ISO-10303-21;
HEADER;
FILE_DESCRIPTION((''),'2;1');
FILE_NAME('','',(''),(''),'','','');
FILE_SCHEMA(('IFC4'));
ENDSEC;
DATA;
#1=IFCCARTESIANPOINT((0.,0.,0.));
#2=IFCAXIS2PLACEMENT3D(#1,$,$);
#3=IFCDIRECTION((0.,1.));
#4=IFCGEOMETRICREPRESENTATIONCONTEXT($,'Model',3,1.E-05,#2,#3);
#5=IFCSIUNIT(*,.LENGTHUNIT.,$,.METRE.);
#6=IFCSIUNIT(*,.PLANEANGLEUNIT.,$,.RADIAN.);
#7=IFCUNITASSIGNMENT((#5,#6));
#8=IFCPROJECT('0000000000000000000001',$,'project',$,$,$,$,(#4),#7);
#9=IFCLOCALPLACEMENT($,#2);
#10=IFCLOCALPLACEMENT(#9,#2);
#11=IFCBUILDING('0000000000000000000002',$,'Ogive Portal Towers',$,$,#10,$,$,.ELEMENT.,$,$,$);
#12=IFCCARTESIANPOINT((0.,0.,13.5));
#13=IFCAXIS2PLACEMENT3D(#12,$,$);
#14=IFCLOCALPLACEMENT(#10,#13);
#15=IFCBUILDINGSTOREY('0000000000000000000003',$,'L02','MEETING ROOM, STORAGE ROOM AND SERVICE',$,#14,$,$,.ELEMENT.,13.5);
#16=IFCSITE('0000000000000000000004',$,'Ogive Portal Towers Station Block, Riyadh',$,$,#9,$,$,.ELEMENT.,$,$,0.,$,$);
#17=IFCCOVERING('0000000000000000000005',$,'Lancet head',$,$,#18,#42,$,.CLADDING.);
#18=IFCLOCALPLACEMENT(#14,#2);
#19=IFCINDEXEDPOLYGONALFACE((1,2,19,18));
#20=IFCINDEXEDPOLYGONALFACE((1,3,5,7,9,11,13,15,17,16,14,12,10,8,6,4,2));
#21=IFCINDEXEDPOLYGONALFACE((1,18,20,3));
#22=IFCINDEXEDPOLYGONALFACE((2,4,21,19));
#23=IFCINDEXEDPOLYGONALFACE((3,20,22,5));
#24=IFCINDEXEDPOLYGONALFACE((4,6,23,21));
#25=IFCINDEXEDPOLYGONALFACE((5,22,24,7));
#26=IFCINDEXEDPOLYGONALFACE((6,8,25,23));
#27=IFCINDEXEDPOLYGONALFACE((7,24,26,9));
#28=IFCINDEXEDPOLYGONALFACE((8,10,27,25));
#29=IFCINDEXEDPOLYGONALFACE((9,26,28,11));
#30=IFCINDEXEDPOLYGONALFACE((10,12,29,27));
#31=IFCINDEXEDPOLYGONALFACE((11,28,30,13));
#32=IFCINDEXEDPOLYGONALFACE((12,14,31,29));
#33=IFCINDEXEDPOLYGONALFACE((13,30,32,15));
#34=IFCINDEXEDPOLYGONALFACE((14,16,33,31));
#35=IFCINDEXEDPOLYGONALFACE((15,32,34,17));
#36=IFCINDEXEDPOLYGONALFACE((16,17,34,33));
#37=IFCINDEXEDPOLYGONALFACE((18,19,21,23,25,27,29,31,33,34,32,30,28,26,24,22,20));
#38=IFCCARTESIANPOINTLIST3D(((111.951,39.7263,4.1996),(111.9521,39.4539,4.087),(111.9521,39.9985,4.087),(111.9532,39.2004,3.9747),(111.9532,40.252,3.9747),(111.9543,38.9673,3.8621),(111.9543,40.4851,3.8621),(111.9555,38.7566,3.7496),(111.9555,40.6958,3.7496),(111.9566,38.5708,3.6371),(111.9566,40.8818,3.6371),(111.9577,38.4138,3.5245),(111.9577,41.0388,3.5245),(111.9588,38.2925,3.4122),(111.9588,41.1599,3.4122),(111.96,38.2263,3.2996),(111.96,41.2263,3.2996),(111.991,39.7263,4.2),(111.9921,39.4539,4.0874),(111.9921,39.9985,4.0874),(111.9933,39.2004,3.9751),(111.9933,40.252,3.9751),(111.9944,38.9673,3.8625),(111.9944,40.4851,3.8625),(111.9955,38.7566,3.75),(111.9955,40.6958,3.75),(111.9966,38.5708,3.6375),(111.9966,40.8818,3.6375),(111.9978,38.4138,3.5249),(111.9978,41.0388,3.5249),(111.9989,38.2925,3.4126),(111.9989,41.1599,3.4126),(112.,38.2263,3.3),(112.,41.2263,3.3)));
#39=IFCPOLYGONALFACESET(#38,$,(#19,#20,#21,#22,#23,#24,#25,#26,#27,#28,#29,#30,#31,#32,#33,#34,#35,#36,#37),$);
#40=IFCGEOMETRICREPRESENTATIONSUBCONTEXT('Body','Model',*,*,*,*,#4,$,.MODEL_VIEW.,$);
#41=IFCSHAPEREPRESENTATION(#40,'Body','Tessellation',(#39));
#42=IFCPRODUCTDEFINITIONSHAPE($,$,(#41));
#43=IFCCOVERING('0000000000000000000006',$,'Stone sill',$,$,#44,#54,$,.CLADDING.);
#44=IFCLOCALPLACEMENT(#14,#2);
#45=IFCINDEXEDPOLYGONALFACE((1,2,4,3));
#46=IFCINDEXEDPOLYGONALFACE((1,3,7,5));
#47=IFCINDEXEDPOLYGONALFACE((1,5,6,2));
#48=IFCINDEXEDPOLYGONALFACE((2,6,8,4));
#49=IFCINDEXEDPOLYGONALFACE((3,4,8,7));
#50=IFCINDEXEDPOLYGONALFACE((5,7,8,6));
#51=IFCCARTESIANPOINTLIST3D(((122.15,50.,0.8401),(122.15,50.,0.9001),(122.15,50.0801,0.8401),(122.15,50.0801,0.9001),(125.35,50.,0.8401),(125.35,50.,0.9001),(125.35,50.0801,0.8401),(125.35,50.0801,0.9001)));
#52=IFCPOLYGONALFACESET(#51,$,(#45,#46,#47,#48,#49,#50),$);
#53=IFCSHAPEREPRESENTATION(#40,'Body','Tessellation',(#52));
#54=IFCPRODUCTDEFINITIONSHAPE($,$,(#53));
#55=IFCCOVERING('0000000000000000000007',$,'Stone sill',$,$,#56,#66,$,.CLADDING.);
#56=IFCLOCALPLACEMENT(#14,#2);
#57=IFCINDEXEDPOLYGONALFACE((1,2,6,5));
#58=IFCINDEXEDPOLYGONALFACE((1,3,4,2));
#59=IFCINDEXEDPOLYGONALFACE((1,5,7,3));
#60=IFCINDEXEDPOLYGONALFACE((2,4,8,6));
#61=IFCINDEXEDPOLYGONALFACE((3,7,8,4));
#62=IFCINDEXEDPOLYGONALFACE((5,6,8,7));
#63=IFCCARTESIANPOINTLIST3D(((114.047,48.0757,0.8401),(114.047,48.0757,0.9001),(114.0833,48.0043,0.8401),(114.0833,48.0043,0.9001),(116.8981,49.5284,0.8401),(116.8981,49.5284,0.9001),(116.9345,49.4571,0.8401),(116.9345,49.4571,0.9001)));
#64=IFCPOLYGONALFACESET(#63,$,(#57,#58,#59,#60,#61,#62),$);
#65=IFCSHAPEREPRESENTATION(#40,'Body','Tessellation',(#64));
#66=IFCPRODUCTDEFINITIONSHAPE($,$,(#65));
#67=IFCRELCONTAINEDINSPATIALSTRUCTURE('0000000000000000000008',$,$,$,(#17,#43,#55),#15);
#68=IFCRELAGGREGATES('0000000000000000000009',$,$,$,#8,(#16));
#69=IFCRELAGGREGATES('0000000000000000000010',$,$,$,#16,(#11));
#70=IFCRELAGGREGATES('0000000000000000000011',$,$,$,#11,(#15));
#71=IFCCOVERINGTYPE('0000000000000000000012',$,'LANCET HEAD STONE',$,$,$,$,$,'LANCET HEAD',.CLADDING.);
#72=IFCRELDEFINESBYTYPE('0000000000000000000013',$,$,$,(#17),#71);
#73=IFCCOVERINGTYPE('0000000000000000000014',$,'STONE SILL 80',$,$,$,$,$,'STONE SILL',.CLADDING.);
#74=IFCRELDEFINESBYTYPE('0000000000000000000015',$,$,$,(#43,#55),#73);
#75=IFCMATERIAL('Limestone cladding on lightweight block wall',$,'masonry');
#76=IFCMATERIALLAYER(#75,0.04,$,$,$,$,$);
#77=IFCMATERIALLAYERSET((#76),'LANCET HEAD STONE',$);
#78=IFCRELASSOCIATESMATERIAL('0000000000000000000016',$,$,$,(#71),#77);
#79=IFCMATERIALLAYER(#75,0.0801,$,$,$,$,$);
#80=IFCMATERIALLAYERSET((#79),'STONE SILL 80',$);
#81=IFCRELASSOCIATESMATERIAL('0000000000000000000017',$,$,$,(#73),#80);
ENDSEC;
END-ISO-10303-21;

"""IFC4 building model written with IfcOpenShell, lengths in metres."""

from ifc_helpers import new_model, si_unit, direction, frame, origin, origin_2d, place, context, subcontext, project, spatial, polyline, rectangle, outline, extrude, material, layer, layer_set, type_object, element, save


model = new_model("IFC4")

# Units and contexts
model_context = context("Model", 3, precision=1e-05, world=origin(), true_north=direction((0.0, 1.0)))
body_context = subcontext(model_context, "Body", "Model", "MODEL_VIEW")
ifc_project = project(units=[si_unit("LENGTHUNIT", "METRE"), si_unit("PLANEANGLEUNIT", "RADIAN")], contexts=[model_context])

# Site, building, storey
site_placement = place(None, origin())
site = spatial("IfcSite", under=ifc_project, at=site_placement, Name="Ogive Portal Towers Station Block, Riyadh", CompositionType="ELEMENT", RefElevation=0.0)
building_placement = place(site_placement, origin())
building = spatial("IfcBuilding", under=site, at=building_placement, Name="Ogive Portal Towers", CompositionType="ELEMENT")
storey_placement = place(building_placement, frame((0.0, 0.0, 13.5)))
storey = spatial("IfcBuildingStorey", under=building, at=storey_placement, Name="L02", Description="MEETING ROOM, STORAGE ROOM AND SERVICE", CompositionType="ELEMENT", Elevation=13.5)

# Shared definitions
ifc_material_1 = material(Name="Limestone cladding on lightweight block wall", Category="masonry")

# Coverings
ifc_layer_1 = layer(ifc_material_1, 0.04)
ifc_layer_set_1 = layer_set([ifc_layer_1], Name="LANCET HEAD STONE")
covering_type_1 = type_object("IfcCoveringType", Name="LANCET HEAD STONE", ElementType="LANCET HEAD", PredefinedType="CLADDING", material=ifc_layer_set_1)
covering_1_placement = place(storey_placement, frame((112.0, 41.2263, 3.3), z_axis=(0.99995, 0.0, 0.009994), x_axis=(0.0, -1.0, 0.0)))
element("IfcCovering", 1, at=covering_1_placement, inside=storey, type_object=covering_type_1, Name="Lancet head", PredefinedType="CLADDING", context=body_context, shape_type="SweptSolid", body=[
    extrude(outline(polyline([(0.0, 0.0), (3.0, 0.0), (2.9338, -0.1126), (2.8125, -0.2249), (2.6555, -0.3374), (2.4697, -0.45), (2.259, -0.5625), (2.0259, -0.6751), (1.7725, -0.7874), (1.5, -0.8999), (1.2278, -0.7874), (0.9744, -0.6751), (0.7412, -0.5625), (0.5305, -0.45), (0.3445, -0.3374), (0.1875, -0.2249), (0.0664, -0.1126), (0.0, 0.0)])), origin(), (0.0, 0.0, -1.0), 0.04),
])
ifc_layer_2 = layer(ifc_material_1, 0.0801)
ifc_layer_set_2 = layer_set([ifc_layer_2], Name="STONE SILL 80")
covering_type_2 = type_object("IfcCoveringType", Name="STONE SILL 80", ElementType="STONE SILL", PredefinedType="CLADDING", material=ifc_layer_set_2)
for number, where, z_axis, x_axis, name in (
    (2, (123.75, 50.04, 0.8401), (0.0, 0.0, 1.0), (-1.0, 0.0, 0.0), "Stone sill"),
    (3, (115.4907, 48.7664, 0.8401), (0.0, 0.0, 1.0), (-0.891007, -0.45399, 0.0), "Stone sill"),
):
    element("IfcCovering", number, at=place(storey_placement, frame(where, z_axis=z_axis, x_axis=x_axis)), inside=storey, type_object=covering_type_2, Name=name, PredefinedType="CLADDING", context=body_context, shape_type="SweptSolid", body=[
        extrude(rectangle(XDim=3.2, YDim=0.0801, at=origin_2d()), origin(), (0.0, 0.0, 1.0), 0.0601),
    ])

save(model, "model.ifc")
